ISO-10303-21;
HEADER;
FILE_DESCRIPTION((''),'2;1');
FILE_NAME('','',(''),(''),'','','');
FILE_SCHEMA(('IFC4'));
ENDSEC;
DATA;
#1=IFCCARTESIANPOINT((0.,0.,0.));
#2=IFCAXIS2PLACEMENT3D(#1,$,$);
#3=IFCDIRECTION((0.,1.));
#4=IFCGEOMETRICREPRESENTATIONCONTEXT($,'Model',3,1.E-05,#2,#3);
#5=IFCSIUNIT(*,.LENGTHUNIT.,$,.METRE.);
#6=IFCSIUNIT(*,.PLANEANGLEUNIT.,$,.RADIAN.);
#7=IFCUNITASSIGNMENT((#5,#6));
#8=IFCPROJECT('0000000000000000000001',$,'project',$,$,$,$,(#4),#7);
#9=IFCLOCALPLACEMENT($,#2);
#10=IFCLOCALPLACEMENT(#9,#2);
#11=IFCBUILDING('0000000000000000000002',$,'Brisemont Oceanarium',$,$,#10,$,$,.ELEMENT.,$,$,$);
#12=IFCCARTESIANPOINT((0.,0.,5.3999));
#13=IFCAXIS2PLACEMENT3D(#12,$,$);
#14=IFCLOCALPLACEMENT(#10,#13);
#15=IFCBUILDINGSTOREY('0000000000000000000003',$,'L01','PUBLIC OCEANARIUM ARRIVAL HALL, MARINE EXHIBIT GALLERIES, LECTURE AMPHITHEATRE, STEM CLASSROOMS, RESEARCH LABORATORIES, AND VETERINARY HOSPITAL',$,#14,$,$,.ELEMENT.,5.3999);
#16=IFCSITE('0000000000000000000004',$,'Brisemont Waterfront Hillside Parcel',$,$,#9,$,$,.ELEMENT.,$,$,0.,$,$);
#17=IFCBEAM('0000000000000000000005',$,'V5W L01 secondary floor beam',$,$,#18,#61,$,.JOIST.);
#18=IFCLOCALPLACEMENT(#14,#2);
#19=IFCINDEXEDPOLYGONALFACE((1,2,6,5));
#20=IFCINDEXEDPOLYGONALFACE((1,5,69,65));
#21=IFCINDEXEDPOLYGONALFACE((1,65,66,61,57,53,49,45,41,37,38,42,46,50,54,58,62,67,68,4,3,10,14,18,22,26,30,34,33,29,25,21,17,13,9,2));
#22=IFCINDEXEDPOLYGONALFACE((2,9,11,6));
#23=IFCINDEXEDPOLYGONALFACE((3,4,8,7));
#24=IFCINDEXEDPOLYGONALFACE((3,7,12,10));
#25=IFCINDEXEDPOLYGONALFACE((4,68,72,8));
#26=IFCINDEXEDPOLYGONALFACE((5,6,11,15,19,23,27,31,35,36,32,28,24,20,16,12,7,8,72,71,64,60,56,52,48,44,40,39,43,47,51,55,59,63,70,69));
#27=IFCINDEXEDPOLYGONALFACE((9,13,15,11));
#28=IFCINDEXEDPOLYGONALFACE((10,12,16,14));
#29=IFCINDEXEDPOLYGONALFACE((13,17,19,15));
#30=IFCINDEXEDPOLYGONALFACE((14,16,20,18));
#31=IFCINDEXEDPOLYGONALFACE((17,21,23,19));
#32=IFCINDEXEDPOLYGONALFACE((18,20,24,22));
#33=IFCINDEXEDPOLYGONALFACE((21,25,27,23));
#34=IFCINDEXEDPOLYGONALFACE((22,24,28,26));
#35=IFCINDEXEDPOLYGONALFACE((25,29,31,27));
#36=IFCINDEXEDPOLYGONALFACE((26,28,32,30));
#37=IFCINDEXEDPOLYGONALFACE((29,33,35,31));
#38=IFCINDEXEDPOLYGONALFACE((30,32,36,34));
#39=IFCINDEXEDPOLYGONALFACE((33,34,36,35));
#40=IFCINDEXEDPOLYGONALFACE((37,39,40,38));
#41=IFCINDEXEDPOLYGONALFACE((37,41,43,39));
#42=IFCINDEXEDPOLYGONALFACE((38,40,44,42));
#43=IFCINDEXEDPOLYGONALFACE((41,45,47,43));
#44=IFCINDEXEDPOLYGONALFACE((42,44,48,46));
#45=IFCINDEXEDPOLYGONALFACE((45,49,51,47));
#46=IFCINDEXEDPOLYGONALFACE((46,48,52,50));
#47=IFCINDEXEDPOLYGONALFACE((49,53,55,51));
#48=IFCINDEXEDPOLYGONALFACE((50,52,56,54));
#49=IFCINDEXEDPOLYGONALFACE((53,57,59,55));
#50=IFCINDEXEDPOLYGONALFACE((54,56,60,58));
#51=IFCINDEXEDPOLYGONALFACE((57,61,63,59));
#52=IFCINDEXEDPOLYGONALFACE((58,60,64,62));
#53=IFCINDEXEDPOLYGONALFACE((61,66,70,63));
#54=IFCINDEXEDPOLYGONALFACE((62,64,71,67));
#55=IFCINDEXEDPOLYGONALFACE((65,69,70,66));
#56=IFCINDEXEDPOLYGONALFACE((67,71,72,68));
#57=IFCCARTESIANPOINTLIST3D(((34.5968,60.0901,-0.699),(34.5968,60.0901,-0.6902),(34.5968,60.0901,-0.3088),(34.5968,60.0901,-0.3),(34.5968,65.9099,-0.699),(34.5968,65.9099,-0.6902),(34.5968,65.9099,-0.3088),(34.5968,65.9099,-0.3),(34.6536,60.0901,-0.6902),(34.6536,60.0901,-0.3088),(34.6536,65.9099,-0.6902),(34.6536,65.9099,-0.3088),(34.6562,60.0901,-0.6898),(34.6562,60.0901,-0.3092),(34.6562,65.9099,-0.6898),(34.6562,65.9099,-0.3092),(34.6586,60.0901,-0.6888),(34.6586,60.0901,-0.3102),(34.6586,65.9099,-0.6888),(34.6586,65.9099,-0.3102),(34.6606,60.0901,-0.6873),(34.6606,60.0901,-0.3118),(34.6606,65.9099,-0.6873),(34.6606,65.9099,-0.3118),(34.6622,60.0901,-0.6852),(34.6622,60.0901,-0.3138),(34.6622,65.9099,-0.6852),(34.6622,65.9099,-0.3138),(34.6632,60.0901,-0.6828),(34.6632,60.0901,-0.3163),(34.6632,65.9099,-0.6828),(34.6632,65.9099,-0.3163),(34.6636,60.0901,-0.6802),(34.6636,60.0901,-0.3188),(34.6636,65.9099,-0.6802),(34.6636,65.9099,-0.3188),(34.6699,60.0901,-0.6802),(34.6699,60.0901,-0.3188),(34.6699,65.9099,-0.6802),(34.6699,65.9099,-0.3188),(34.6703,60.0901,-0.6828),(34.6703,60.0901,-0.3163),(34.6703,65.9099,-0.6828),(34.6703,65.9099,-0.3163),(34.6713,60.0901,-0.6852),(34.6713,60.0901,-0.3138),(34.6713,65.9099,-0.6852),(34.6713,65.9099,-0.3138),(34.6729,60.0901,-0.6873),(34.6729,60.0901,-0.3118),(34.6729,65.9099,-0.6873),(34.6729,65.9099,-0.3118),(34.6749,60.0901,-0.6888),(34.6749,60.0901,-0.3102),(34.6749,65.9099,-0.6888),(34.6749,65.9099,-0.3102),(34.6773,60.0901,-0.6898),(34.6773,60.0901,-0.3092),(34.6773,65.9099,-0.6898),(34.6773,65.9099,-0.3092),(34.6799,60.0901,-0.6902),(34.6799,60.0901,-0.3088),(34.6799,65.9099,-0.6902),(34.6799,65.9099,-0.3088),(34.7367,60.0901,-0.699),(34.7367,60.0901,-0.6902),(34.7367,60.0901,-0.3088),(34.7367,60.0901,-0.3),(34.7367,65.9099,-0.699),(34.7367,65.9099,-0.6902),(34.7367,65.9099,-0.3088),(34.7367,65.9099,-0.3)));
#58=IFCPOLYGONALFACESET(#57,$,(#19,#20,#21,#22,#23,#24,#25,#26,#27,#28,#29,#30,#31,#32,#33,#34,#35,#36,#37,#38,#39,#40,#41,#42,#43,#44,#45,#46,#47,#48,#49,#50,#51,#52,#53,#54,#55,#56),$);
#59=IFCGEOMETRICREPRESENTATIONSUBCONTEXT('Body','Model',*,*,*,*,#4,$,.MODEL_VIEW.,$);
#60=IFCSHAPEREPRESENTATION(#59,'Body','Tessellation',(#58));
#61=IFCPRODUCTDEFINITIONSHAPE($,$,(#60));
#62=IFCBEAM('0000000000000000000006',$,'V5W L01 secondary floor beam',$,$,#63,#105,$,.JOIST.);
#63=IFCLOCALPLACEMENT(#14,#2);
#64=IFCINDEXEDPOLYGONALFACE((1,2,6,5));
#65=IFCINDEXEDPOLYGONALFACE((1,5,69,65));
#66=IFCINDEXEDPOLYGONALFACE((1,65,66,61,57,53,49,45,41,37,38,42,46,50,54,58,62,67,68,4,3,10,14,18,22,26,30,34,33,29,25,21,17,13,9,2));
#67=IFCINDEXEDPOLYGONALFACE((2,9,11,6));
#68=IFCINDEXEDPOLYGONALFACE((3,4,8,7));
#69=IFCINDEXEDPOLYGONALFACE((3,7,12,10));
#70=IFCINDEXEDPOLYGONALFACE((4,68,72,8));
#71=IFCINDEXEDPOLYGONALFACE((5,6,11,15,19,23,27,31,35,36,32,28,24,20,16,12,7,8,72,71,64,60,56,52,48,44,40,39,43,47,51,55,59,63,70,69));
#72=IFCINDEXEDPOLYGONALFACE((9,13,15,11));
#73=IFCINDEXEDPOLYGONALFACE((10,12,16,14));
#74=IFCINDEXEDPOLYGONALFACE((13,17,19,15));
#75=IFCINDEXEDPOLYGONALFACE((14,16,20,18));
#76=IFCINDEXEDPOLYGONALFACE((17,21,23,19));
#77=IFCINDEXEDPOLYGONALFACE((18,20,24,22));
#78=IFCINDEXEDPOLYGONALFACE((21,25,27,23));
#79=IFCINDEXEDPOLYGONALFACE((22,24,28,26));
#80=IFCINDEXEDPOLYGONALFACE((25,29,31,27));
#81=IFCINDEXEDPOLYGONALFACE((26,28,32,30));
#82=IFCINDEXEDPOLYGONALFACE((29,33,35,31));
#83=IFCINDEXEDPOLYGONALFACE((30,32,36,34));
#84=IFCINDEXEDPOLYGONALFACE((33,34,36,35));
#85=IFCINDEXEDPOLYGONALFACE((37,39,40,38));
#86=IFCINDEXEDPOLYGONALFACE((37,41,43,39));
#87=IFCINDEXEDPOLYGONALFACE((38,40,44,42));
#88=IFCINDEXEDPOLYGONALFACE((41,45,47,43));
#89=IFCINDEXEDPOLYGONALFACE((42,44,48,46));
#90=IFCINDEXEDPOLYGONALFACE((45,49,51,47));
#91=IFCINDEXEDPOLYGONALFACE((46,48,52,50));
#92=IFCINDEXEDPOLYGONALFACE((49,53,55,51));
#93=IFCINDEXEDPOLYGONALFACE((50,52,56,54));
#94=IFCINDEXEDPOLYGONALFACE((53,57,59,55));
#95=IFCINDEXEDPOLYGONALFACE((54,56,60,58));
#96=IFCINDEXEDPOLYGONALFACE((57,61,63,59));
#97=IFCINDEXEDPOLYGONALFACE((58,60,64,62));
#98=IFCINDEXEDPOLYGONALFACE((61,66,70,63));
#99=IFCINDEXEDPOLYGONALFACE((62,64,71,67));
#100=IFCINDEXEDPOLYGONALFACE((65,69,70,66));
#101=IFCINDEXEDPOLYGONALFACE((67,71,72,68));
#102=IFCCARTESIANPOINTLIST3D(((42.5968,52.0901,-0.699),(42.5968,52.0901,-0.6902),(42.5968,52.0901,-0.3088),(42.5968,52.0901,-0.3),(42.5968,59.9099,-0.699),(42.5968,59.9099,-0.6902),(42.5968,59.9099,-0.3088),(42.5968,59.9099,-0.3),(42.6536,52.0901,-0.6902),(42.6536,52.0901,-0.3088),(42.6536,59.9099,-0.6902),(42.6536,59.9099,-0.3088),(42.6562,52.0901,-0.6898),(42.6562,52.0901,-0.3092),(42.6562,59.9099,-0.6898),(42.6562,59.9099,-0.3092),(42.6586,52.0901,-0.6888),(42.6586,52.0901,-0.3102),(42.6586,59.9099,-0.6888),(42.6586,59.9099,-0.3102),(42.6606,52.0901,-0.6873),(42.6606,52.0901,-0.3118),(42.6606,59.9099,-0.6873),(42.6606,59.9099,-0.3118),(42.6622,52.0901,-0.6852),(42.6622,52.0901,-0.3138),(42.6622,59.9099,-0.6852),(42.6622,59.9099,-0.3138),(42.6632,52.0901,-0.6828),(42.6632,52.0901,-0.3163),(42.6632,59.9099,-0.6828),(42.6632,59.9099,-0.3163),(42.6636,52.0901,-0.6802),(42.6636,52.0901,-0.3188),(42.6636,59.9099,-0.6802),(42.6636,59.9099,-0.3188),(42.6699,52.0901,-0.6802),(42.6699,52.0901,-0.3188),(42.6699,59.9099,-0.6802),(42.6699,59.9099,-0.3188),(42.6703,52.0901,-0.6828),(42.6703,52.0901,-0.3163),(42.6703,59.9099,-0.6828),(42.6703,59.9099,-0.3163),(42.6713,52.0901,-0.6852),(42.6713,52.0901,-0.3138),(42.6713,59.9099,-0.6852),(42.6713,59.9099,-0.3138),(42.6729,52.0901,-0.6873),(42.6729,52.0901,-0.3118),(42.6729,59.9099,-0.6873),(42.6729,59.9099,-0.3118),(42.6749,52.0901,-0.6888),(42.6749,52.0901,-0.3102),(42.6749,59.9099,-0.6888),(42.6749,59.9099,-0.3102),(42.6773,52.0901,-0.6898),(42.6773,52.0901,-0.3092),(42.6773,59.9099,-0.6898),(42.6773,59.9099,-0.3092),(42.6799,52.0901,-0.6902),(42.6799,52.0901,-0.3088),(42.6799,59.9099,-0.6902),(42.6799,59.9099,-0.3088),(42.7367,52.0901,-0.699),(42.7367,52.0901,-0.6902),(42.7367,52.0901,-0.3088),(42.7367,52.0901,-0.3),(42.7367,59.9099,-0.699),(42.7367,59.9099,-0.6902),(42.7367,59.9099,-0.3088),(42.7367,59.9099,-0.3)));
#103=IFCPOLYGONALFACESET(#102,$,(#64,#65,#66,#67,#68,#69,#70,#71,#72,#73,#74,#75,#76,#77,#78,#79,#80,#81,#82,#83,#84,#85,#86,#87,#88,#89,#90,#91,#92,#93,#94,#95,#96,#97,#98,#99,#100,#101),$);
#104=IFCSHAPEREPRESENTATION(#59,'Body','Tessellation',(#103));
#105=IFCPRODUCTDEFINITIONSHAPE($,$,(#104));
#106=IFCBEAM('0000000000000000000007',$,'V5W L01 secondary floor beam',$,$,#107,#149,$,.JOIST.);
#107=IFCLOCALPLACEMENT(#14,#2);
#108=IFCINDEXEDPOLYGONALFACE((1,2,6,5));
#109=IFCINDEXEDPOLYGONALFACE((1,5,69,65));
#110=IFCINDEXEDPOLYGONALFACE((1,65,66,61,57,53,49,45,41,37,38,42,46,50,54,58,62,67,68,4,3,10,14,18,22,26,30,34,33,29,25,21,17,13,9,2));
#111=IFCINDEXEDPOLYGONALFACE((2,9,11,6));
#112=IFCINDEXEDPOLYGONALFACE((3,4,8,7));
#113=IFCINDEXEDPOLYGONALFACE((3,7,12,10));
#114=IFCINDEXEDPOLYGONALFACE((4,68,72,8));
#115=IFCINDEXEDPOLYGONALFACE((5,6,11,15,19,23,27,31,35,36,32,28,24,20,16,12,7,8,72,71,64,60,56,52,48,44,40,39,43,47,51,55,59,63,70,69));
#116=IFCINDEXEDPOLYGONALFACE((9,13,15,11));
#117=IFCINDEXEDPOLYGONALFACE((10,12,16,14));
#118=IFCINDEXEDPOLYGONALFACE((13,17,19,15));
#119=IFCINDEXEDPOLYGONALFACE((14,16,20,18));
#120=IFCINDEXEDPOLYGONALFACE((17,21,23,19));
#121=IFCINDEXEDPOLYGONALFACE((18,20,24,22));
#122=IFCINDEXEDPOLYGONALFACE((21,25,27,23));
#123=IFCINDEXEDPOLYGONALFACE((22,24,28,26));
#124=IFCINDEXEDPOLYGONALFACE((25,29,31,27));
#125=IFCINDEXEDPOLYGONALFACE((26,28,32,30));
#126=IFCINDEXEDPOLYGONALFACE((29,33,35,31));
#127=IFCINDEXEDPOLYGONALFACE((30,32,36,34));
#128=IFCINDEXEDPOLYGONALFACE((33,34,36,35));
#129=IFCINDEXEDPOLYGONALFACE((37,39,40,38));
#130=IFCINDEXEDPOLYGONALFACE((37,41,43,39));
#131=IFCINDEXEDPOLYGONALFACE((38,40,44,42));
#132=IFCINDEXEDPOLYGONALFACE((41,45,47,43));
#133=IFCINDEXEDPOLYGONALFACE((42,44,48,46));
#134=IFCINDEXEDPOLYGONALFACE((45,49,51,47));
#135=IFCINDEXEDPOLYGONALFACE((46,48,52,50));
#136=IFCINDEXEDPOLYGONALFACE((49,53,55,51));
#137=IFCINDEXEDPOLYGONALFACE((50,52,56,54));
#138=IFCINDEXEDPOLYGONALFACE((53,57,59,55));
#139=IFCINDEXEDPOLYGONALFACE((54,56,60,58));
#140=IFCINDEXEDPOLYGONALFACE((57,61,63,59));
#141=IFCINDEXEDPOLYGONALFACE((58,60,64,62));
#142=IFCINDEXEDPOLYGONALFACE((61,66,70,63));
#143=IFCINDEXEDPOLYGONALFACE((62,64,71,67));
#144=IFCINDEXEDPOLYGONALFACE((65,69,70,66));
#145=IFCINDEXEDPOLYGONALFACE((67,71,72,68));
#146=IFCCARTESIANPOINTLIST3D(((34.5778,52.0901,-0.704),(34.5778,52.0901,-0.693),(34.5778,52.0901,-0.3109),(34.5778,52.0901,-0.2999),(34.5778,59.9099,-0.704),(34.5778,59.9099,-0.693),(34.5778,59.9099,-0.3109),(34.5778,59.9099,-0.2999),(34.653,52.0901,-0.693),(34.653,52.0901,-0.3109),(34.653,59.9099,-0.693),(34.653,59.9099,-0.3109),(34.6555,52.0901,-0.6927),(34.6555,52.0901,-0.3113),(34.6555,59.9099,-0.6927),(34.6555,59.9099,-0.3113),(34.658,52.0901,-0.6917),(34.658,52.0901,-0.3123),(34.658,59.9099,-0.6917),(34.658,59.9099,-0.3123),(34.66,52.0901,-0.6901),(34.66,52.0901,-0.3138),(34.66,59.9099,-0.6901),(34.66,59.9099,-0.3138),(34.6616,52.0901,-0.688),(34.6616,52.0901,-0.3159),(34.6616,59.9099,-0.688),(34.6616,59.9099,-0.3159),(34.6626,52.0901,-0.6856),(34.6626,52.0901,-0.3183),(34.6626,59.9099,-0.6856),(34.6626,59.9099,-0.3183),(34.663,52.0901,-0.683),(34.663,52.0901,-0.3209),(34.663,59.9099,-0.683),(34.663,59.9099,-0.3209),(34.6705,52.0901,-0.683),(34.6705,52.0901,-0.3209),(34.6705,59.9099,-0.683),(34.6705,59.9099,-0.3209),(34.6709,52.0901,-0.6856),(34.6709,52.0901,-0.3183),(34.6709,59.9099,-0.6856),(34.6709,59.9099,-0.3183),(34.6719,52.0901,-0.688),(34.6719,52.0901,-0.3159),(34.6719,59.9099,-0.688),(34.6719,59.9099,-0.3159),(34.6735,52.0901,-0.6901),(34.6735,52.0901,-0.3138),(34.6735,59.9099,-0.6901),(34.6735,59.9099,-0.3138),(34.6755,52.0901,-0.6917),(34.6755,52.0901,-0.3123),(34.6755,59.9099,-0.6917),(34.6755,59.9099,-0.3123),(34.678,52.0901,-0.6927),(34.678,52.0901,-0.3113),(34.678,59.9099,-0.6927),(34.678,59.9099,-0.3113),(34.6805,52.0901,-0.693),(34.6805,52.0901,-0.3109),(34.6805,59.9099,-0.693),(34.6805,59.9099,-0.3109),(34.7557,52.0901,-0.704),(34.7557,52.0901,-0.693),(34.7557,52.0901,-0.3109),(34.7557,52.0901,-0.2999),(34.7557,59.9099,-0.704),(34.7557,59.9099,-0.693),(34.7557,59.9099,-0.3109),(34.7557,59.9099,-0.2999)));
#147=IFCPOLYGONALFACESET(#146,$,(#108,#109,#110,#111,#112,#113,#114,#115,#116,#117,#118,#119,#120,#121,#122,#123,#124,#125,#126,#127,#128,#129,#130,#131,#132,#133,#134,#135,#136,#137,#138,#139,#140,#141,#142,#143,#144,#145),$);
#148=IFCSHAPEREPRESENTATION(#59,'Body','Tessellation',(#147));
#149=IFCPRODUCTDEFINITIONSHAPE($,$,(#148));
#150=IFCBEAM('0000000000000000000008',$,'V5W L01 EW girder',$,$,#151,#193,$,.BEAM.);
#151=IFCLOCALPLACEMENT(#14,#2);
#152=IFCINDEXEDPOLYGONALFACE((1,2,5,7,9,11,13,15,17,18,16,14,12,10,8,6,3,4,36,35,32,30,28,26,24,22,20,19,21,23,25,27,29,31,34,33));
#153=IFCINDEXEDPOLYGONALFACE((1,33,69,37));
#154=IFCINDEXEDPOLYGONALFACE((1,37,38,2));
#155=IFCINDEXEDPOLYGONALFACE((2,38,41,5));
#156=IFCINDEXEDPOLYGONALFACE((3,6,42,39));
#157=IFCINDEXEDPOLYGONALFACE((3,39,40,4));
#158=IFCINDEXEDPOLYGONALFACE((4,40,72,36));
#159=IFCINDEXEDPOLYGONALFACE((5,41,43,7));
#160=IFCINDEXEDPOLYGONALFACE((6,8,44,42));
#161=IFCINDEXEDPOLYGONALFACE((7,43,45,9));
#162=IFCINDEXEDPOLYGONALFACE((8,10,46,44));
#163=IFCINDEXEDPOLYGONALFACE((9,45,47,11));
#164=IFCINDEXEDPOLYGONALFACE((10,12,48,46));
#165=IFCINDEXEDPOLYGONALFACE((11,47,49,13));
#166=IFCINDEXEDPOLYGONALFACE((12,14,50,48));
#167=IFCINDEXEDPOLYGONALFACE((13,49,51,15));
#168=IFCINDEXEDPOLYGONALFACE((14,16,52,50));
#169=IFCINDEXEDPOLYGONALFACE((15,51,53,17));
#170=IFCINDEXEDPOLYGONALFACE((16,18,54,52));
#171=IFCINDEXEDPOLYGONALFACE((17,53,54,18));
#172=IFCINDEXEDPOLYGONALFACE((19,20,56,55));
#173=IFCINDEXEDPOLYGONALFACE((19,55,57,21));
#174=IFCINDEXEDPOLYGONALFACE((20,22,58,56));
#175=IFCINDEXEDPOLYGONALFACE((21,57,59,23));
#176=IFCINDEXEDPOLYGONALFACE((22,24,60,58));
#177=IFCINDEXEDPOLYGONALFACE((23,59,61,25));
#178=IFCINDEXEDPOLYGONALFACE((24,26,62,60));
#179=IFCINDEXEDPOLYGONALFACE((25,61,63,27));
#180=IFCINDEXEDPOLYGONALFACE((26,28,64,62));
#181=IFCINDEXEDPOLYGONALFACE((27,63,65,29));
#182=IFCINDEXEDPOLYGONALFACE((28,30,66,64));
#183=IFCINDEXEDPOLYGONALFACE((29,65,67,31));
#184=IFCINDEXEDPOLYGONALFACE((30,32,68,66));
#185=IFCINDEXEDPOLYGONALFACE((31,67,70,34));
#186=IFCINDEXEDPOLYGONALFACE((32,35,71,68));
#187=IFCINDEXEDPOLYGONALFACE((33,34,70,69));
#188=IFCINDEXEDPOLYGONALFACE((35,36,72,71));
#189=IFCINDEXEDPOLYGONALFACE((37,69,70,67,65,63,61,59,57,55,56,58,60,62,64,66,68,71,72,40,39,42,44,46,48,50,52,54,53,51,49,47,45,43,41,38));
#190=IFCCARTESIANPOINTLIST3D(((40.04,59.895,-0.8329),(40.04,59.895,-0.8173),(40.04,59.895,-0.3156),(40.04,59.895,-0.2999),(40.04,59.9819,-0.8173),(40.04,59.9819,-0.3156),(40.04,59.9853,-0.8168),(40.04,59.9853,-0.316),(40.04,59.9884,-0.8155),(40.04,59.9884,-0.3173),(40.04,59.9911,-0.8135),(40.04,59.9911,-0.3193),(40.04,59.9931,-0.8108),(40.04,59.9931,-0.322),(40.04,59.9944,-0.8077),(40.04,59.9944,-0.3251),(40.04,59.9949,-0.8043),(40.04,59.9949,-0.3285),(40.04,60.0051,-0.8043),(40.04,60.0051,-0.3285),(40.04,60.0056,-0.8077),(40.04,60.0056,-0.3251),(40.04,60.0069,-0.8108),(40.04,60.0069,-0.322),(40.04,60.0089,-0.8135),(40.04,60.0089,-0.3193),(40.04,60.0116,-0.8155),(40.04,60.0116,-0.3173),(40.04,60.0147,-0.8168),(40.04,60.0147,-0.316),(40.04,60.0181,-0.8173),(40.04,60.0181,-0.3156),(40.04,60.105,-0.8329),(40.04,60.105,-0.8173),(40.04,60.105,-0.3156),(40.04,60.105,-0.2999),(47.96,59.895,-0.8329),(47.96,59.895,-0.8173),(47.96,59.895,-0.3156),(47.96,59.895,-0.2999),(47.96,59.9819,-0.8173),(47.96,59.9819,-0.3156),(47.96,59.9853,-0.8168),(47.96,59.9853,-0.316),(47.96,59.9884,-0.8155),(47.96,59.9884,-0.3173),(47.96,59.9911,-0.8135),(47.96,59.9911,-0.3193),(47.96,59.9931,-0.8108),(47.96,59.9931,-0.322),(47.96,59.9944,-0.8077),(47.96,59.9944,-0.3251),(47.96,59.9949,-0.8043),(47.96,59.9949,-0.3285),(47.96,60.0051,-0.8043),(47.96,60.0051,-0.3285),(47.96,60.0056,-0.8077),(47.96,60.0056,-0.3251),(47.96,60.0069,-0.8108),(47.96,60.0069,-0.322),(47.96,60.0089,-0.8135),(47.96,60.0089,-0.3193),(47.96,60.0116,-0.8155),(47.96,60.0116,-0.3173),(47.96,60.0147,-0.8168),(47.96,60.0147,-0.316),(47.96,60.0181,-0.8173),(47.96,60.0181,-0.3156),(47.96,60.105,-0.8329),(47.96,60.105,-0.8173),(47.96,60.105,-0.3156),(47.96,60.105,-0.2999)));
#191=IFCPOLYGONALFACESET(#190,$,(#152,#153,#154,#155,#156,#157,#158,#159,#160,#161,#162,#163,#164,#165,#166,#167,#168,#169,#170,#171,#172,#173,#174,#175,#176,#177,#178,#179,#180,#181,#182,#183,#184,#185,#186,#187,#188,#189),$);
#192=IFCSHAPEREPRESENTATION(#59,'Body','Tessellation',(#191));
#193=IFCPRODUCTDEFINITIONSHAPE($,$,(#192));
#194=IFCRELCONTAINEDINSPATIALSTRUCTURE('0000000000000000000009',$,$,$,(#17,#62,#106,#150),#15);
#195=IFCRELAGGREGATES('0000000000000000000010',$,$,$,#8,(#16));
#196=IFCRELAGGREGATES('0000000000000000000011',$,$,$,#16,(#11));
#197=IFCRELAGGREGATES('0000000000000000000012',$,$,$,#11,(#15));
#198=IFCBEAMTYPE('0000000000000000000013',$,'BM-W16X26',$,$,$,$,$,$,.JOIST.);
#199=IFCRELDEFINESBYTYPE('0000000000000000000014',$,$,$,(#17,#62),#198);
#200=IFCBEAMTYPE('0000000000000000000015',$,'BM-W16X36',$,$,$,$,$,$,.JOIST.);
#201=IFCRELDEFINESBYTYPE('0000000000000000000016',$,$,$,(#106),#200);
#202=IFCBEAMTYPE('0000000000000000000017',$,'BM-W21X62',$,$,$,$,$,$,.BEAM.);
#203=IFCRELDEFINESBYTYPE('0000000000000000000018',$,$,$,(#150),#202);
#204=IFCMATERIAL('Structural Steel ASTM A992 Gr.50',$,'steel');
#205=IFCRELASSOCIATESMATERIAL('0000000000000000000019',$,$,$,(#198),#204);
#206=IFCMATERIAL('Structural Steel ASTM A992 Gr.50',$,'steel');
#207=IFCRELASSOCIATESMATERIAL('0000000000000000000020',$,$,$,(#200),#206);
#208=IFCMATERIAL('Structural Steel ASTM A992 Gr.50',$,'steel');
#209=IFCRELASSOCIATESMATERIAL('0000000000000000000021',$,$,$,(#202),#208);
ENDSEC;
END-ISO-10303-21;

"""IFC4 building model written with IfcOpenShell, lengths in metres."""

from ifc_helpers import new_model, si_unit, direction, frame, origin, origin_2d, place, context, subcontext, project, spatial, i_section, extrude, material, material_profile, profile_set, type_object, element, save


model = new_model("IFC4")

# Units and contexts
model_context = context("Model", 3, precision=1e-05, world=origin(), true_north=direction((0.0, 1.0)))
body_context = subcontext(model_context, "Body", "Model", "MODEL_VIEW")
ifc_project = project(units=[si_unit("LENGTHUNIT", "METRE"), si_unit("PLANEANGLEUNIT", "RADIAN")], contexts=[model_context])

# Site, building, storey
site_placement = place(None, origin())
site = spatial("IfcSite", under=ifc_project, at=site_placement, Name="Brisemont Waterfront Hillside Parcel", CompositionType="ELEMENT", RefElevation=0.0)
building_placement = place(site_placement, origin())
building = spatial("IfcBuilding", under=site, at=building_placement, Name="Brisemont Oceanarium", CompositionType="ELEMENT")
storey_placement = place(building_placement, frame((0.0, 0.0, 5.3999)))
storey = spatial("IfcBuildingStorey", under=building, at=storey_placement, Name="L01", Description="PUBLIC OCEANARIUM ARRIVAL HALL, MARINE EXHIBIT GALLERIES, LECTURE AMPHITHEATRE, STEM CLASSROOMS, RESEARCH LABORATORIES, AND VETERINARY HOSPITAL", CompositionType="ELEMENT", Elevation=5.3999)

# Beams
ifc_material_1 = material(Name="Structural Steel ASTM A992 Gr.50", Category="steel")
ifc_material_profile_1 = material_profile(ifc_material_1, i_section(OverallWidth=0.1399, OverallDepth=0.3989, WebThickness=0.0063, FlangeThickness=0.0088, FilletRadius=0.01, at=origin_2d()), Name="W16X26")
ifc_profile_set_1 = profile_set([ifc_material_profile_1], Name="Structural Steel ASTM A992 Gr.50")
beam_type_1 = type_object("IfcBeamType", Name="BM-W16X26", PredefinedType="JOIST", material=ifc_profile_set_1)
beam_1_placement = place(storey_placement, frame((34.6667, 60.0901, -0.4995), z_axis=(0.0, 1.0, 0.0), x_axis=(-1.0, 0.0, 0.0)))
element("IfcBeam", 1, at=beam_1_placement, inside=storey, type_object=beam_type_1, Name="V5W L01 secondary floor beam", PredefinedType="JOIST", context=body_context, shape_type="SweptSolid", body=[
    extrude(i_section(OverallWidth=0.1399, OverallDepth=0.3989, WebThickness=0.0063, FlangeThickness=0.0088, FilletRadius=0.01, at=origin_2d()), origin(), (0.0, 0.0, 1.0), 5.8198),
])
beam_2_placement = place(storey_placement, frame((42.6667, 52.0901, -0.4995), z_axis=(0.0, 1.0, 0.0), x_axis=(-1.0, 0.0, 0.0)))
element("IfcBeam", 2, at=beam_2_placement, inside=storey, type_object=beam_type_1, Name="V5W L01 secondary floor beam", PredefinedType="JOIST", context=body_context, shape_type="SweptSolid", body=[
    extrude(i_section(OverallWidth=0.1399, OverallDepth=0.3989, WebThickness=0.0063, FlangeThickness=0.0088, FilletRadius=0.01, at=origin_2d()), origin(), (0.0, 0.0, 1.0), 7.8198),
])
ifc_material_2 = material(Name="Structural Steel ASTM A992 Gr.50", Category="steel")
ifc_material_profile_2 = material_profile(ifc_material_2, i_section(OverallWidth=0.178, OverallDepth=0.4041, WebThickness=0.0076, FlangeThickness=0.011, FilletRadius=0.01, at=origin_2d()), Name="W16X36")
ifc_profile_set_2 = profile_set([ifc_material_profile_2], Name="Structural Steel ASTM A992 Gr.50")
beam_type_2 = type_object("IfcBeamType", Name="BM-W16X36", PredefinedType="JOIST", material=ifc_profile_set_2)
beam_3_placement = place(storey_placement, frame((34.6667, 52.0901, -0.502), z_axis=(0.0, 1.0, 0.0), x_axis=(-1.0, 0.0, 0.0)))
element("IfcBeam", 3, at=beam_3_placement, inside=storey, type_object=beam_type_2, Name="V5W L01 secondary floor beam", PredefinedType="JOIST", context=body_context, shape_type="SweptSolid", body=[
    extrude(i_section(OverallWidth=0.178, OverallDepth=0.4041, WebThickness=0.0076, FlangeThickness=0.011, FilletRadius=0.01, at=origin_2d()), origin(), (0.0, 0.0, 1.0), 7.8198),
])
ifc_material_3 = material(Name="Structural Steel ASTM A992 Gr.50", Category="steel")
ifc_material_profile_3 = material_profile(ifc_material_3, i_section(OverallWidth=0.21, OverallDepth=0.533, WebThickness=0.0103, FlangeThickness=0.0156, FilletRadius=0.0129, at=origin_2d()), Name="W21X62")
ifc_profile_set_3 = profile_set([ifc_material_profile_3], Name="Structural Steel ASTM A992 Gr.50")
beam_type_3 = type_object("IfcBeamType", Name="BM-W21X62", PredefinedType="BEAM", material=ifc_profile_set_3)
beam_4_placement = place(storey_placement, frame((40.04, 60.0, -0.5664), z_axis=(1.0, 0.0, 0.0), x_axis=(0.0, 1.0, 0.0)))
element("IfcBeam", 4, at=beam_4_placement, inside=storey, type_object=beam_type_3, Name="V5W L01 EW girder", PredefinedType="BEAM", context=body_context, shape_type="SweptSolid", body=[
    extrude(i_section(OverallWidth=0.21, OverallDepth=0.533, WebThickness=0.0103, FlangeThickness=0.0156, FilletRadius=0.0129, at=origin_2d()), origin(), (0.0, 0.0, 1.0), 7.9199),
])

save(model, "model.ifc")
